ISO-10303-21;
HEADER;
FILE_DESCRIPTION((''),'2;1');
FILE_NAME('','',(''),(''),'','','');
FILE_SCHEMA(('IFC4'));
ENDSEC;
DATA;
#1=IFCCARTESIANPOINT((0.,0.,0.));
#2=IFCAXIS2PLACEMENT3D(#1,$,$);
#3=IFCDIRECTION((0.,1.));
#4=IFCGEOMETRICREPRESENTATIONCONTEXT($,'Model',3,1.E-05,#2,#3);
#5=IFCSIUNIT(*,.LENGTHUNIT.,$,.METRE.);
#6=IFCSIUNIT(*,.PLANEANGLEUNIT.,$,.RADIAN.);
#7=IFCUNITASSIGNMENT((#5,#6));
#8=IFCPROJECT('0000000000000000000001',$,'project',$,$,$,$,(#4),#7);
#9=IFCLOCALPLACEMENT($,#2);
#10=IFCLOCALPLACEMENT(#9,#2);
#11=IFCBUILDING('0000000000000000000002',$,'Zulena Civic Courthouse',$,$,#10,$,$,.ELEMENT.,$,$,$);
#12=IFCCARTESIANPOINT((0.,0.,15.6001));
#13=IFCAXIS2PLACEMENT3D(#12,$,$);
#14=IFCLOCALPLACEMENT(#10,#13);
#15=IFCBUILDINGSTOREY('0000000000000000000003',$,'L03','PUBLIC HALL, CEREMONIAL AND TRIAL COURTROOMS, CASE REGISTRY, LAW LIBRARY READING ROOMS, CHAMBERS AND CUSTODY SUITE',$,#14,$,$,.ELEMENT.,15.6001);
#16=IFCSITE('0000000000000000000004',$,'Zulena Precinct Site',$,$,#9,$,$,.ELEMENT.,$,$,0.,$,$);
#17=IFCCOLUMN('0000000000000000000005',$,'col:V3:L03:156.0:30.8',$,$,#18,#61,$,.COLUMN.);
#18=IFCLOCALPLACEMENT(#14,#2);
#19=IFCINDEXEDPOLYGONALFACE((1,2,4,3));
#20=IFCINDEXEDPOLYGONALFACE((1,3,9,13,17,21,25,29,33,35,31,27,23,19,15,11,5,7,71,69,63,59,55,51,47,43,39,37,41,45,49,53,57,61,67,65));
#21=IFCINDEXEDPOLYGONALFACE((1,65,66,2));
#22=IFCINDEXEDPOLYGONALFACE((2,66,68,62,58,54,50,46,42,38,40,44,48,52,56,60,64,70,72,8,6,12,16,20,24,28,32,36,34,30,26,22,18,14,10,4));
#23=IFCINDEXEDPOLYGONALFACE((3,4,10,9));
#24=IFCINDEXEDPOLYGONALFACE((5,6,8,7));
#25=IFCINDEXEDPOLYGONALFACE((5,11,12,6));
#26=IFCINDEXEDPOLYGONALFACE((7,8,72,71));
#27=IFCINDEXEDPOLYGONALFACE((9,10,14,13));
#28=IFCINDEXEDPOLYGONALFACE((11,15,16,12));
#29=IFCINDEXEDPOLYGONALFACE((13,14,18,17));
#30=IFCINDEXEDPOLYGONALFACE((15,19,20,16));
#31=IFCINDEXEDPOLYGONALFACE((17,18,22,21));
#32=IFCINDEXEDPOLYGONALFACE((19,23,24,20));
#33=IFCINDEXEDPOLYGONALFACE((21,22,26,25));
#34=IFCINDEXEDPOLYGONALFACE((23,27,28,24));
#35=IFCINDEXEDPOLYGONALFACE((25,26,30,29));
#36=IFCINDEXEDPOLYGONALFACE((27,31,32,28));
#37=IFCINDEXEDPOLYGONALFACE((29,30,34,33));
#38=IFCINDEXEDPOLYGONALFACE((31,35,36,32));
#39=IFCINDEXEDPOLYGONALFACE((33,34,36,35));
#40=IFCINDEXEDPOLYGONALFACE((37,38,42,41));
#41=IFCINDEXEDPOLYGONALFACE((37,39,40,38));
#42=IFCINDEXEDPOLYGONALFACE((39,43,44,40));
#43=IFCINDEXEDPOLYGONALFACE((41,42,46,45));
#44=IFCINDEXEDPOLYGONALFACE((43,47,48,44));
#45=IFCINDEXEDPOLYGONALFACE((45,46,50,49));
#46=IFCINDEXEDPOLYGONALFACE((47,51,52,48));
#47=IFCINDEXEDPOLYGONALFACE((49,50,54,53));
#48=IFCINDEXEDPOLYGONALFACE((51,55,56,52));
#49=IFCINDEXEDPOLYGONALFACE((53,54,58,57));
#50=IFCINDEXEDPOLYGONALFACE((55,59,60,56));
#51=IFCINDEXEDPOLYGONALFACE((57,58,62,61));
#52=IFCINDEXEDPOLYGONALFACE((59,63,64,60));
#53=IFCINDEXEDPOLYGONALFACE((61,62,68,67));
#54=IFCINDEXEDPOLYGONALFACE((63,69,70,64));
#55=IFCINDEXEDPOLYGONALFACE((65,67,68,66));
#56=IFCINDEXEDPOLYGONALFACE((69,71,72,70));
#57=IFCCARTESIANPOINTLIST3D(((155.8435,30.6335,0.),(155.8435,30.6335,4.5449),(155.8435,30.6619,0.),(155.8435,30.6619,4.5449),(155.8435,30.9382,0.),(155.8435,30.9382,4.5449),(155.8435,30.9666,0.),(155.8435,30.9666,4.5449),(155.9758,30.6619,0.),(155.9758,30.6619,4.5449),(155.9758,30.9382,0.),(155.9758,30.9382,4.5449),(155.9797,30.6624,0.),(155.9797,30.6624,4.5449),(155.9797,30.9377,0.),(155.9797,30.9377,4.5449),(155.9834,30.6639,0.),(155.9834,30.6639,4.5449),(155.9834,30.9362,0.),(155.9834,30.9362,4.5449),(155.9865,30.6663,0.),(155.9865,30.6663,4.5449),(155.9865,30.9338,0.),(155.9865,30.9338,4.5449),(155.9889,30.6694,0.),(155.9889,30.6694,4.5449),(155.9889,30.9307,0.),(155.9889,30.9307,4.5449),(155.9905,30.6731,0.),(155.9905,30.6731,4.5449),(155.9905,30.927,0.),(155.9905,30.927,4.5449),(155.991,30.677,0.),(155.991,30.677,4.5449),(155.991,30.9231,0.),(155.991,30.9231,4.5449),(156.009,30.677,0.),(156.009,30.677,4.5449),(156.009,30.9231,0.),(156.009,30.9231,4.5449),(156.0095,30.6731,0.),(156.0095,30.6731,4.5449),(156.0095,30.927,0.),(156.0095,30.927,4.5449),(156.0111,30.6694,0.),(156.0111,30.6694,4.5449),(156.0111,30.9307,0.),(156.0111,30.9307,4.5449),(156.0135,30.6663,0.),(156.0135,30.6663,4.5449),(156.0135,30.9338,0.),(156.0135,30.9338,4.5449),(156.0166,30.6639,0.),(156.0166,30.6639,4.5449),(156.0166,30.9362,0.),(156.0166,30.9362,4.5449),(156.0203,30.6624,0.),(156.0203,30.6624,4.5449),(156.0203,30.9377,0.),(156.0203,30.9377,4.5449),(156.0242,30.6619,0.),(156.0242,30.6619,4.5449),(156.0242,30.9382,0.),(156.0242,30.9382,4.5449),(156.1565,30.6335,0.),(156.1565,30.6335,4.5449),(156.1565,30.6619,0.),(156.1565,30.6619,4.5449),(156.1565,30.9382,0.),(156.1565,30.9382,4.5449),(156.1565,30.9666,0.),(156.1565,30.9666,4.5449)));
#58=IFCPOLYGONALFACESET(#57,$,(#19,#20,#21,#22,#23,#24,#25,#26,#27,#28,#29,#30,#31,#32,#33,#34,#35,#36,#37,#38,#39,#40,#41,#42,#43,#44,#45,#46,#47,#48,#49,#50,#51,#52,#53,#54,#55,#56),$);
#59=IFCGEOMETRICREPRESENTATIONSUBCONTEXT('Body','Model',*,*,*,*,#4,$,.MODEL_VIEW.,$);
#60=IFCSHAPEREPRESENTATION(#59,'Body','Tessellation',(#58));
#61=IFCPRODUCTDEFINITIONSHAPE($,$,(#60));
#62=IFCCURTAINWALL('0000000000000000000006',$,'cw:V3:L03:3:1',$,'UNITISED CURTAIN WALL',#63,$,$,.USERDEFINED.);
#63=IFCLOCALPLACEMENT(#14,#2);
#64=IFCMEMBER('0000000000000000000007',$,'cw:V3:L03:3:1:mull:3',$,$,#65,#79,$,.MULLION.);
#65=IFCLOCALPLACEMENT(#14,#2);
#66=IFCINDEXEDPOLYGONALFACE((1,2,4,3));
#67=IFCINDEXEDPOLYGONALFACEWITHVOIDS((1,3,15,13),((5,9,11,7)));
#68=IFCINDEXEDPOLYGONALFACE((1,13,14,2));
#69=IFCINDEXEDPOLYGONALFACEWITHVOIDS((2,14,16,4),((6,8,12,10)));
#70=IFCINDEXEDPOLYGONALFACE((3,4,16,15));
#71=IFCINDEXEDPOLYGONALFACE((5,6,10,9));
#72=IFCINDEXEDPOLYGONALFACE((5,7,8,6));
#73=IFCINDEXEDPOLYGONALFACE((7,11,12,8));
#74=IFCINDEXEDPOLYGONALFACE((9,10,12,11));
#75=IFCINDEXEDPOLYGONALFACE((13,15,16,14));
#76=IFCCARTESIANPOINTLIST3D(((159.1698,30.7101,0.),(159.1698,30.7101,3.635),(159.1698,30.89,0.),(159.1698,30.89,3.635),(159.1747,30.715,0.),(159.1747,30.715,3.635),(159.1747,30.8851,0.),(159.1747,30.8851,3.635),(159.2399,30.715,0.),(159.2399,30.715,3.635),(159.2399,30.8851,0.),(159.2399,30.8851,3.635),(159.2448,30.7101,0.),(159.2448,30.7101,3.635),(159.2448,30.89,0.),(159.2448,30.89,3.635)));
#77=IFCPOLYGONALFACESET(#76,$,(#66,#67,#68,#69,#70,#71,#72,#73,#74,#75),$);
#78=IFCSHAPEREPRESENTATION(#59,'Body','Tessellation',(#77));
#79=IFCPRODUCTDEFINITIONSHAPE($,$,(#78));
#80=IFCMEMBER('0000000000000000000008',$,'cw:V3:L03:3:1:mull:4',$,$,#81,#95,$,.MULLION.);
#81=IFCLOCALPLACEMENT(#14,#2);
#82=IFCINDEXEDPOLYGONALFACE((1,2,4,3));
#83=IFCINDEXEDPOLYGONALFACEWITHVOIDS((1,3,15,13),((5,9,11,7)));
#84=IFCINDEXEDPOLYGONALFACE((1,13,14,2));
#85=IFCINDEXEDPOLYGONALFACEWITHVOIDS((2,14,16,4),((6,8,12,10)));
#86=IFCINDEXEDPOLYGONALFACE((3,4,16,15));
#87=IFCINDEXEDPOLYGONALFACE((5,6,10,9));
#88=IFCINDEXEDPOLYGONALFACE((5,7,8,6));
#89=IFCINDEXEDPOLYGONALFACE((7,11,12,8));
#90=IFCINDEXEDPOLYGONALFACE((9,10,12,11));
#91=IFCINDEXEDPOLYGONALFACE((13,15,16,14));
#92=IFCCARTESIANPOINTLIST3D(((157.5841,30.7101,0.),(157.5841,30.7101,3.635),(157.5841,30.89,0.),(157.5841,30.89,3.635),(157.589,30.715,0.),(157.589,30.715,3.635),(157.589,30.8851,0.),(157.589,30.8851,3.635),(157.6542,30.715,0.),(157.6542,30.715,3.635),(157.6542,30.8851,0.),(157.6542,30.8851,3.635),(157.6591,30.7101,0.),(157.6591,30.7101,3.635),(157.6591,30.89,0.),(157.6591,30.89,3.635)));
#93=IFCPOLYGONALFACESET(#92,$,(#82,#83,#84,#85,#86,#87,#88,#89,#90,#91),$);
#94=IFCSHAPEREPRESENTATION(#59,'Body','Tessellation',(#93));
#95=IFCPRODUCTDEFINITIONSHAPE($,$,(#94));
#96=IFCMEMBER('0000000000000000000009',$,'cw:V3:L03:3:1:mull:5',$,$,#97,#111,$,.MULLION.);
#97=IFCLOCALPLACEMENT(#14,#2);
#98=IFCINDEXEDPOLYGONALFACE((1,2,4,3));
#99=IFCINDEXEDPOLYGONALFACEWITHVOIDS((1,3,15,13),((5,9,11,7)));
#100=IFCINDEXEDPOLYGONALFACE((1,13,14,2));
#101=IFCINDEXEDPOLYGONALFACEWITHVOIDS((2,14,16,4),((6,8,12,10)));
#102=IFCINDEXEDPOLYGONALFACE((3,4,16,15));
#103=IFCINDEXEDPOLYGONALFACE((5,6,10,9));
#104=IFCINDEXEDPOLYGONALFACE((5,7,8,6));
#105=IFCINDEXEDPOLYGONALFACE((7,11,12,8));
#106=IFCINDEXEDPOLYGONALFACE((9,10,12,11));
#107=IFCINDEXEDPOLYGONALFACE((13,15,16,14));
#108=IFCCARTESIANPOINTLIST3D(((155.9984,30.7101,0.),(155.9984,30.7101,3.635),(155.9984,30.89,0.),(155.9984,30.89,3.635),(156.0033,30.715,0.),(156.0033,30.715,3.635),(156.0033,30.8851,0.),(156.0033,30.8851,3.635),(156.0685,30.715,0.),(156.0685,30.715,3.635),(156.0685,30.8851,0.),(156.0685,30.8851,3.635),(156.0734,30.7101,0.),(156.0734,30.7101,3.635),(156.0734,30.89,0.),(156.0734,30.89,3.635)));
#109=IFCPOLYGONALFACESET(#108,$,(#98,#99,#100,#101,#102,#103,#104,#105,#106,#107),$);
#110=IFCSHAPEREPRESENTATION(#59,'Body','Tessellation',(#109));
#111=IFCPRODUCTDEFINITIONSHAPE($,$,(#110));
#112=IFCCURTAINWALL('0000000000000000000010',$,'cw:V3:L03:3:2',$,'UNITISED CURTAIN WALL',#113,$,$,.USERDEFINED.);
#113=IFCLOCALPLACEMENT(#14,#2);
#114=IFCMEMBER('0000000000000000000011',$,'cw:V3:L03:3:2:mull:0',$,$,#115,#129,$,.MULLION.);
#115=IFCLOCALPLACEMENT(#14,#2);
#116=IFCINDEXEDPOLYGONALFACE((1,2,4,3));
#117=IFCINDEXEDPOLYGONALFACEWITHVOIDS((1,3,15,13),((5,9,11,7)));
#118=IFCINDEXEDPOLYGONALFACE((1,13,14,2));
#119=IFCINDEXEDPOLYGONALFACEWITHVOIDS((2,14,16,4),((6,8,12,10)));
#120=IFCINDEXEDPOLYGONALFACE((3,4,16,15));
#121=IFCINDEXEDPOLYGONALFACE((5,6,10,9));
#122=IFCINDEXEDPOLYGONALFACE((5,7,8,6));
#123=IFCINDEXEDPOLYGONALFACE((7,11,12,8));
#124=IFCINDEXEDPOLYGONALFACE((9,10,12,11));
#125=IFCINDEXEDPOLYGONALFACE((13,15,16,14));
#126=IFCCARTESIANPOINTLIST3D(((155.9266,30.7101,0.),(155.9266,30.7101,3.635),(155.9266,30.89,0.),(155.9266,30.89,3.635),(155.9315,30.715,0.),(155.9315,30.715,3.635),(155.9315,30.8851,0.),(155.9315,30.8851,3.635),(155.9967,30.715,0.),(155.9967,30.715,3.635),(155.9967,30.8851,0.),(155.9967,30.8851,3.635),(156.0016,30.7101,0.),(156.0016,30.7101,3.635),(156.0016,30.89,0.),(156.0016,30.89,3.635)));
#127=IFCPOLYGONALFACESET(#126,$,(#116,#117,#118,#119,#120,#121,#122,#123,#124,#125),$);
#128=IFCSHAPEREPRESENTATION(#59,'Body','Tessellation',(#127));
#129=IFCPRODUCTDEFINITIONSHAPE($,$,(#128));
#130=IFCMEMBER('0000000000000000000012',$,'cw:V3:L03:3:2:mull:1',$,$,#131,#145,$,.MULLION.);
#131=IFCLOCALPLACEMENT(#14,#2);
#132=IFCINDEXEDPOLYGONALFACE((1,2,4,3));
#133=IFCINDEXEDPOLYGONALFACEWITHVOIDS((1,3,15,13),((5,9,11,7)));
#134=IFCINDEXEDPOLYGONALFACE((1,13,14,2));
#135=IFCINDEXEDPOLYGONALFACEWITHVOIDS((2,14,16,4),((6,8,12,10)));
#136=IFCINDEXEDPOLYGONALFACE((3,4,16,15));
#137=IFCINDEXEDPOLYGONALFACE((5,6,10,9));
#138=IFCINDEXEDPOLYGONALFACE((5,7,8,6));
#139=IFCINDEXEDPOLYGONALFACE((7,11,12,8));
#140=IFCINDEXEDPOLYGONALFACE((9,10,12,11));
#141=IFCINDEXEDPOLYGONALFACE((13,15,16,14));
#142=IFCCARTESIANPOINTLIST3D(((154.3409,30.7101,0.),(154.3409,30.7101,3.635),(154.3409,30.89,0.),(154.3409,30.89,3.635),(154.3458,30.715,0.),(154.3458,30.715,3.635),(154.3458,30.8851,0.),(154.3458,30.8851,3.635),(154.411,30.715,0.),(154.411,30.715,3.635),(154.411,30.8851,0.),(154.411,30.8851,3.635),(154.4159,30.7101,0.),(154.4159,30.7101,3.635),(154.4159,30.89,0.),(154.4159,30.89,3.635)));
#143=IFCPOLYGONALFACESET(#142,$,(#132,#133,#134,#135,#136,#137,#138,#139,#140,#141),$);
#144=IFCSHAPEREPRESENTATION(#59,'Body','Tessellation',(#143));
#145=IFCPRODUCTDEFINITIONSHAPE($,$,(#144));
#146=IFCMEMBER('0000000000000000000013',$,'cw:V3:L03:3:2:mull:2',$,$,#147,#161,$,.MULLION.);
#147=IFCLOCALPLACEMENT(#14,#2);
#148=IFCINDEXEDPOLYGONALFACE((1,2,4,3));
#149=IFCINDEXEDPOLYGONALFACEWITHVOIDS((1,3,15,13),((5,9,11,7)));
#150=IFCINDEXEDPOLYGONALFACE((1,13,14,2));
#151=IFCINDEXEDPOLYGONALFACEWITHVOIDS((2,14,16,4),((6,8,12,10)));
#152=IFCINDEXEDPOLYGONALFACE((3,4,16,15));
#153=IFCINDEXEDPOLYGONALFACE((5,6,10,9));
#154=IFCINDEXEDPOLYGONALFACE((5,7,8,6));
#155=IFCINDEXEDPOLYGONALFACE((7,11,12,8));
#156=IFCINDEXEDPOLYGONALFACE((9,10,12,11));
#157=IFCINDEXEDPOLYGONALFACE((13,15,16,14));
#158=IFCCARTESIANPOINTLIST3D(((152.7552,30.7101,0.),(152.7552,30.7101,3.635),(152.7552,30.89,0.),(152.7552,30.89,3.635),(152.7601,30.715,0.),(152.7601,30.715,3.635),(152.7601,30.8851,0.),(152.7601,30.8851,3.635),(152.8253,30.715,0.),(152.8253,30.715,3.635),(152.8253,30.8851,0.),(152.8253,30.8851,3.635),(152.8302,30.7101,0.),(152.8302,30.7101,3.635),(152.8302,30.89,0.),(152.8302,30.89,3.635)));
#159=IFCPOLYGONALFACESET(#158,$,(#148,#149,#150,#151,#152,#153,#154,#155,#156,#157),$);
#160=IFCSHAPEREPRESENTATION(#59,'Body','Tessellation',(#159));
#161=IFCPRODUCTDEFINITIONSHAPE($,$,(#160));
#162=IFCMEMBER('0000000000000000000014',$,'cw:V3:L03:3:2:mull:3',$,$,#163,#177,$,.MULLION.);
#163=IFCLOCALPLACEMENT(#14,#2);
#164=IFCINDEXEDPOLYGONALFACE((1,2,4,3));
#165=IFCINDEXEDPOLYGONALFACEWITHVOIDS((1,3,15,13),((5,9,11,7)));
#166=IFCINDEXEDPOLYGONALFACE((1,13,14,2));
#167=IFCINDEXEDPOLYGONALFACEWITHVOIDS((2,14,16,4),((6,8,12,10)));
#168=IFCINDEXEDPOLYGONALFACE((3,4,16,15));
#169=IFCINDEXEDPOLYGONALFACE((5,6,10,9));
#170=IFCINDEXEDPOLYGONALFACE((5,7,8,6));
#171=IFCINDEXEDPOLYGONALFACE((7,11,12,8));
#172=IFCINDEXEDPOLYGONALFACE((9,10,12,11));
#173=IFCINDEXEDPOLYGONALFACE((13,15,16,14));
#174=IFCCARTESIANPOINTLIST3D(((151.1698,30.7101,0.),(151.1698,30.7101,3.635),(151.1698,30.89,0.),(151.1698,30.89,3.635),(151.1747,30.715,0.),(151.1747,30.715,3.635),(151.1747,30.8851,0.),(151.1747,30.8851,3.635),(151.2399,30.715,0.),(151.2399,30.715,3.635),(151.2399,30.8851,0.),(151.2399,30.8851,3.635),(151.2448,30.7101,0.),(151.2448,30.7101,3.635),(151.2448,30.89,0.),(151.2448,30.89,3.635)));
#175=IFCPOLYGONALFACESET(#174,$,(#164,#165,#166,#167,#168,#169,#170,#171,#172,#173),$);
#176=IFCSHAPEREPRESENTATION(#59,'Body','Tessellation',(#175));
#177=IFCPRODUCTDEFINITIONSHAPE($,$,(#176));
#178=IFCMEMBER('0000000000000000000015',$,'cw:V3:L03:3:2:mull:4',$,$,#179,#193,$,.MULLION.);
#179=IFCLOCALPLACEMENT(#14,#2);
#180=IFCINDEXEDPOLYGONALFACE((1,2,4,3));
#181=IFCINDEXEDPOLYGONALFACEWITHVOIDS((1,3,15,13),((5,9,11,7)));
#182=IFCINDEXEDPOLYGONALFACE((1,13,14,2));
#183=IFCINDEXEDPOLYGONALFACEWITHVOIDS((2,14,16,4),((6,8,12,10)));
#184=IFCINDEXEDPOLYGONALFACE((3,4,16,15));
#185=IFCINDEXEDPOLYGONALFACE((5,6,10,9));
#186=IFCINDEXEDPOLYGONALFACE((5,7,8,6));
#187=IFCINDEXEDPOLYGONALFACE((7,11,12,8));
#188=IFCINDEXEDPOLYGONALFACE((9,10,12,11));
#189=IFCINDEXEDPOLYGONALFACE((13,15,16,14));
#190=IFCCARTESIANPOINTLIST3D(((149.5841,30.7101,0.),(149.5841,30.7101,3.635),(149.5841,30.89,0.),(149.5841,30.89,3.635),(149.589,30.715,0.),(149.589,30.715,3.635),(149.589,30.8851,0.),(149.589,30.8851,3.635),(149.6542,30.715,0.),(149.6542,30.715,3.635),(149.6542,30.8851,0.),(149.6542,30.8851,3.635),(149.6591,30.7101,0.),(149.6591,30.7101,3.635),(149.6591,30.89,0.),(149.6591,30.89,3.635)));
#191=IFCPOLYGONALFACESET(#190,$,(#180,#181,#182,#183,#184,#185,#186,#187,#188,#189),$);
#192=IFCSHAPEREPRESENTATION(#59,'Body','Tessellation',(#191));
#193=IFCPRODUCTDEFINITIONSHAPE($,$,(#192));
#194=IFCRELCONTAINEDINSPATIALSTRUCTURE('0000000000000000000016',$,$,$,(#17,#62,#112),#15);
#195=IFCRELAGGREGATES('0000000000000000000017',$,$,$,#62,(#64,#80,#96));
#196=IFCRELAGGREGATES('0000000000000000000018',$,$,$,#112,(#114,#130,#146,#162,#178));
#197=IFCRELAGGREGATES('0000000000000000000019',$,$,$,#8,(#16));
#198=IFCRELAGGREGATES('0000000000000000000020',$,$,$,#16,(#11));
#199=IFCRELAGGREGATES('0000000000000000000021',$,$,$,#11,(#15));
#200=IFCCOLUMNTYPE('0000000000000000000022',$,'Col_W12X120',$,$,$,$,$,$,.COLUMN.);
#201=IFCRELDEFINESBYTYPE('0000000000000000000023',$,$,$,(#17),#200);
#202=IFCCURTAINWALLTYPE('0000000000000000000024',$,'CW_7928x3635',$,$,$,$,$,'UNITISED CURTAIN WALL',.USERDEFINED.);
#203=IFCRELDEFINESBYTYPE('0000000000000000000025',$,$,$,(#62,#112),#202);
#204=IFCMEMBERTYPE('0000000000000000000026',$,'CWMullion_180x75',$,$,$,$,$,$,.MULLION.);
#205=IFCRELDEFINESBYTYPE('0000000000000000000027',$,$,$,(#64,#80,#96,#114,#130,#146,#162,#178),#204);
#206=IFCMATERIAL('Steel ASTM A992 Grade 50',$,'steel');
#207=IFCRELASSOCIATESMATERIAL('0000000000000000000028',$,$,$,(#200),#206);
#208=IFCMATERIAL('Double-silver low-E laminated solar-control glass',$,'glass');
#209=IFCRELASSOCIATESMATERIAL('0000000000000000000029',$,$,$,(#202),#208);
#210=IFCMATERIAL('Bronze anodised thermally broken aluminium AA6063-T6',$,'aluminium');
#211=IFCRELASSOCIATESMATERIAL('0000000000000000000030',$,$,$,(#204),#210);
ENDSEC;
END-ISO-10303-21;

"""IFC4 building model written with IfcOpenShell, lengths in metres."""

from ifc_helpers import new_model, si_unit, direction, frame, origin, origin_2d, place, context, subcontext, project, spatial, hollow_rectangle, i_section, extrude, material, material_profile, profile_set, type_object, element, aggregate, save


model = new_model("IFC4")

# Units and contexts
model_context = context("Model", 3, precision=1e-05, world=origin(), true_north=direction((0.0, 1.0)))
body_context = subcontext(model_context, "Body", "Model", "MODEL_VIEW")
ifc_project = project(units=[si_unit("LENGTHUNIT", "METRE"), si_unit("PLANEANGLEUNIT", "RADIAN")], contexts=[model_context])

# Site, building, storey
site_placement = place(None, origin())
site = spatial("IfcSite", under=ifc_project, at=site_placement, Name="Zulena Precinct Site", CompositionType="ELEMENT", RefElevation=0.0)
building_placement = place(site_placement, origin())
building = spatial("IfcBuilding", under=site, at=building_placement, Name="Zulena Civic Courthouse", CompositionType="ELEMENT")
storey_placement = place(building_placement, frame((0.0, 0.0, 15.6001)))
storey = spatial("IfcBuildingStorey", under=building, at=storey_placement, Name="L03", Description="PUBLIC HALL, CEREMONIAL AND TRIAL COURTROOMS, CASE REGISTRY, LAW LIBRARY READING ROOMS, CHAMBERS AND CUSTODY SUITE", CompositionType="ELEMENT", Elevation=15.6001)

# Column
ifc_material_1 = material(Name="Steel ASTM A992 Grade 50", Category="steel")
ifc_material_profile_1 = material_profile(ifc_material_1, i_section(OverallWidth=0.313, OverallDepth=0.333, WebThickness=0.0181, FlangeThickness=0.0283, FilletRadius=0.0151, at=origin_2d()), Name="W12X120")
ifc_profile_set_1 = profile_set([ifc_material_profile_1], Name="Steel ASTM A992 Grade 50")
column_type = type_object("IfcColumnType", Name="Col_W12X120", PredefinedType="COLUMN", material=ifc_profile_set_1)
column_placement = place(storey_placement, frame((156.0, 30.8, 0.0), z_axis=(0.0, 0.0, 1.0), x_axis=(1.0, 0.0, 0.0)))
element("IfcColumn", 1, at=column_placement, inside=storey, type_object=column_type, Name="col:V3:L03:156.0:30.8", PredefinedType="COLUMN", context=body_context, shape_type="SweptSolid", body=[
    extrude(i_section(OverallWidth=0.313, OverallDepth=0.333, WebThickness=0.0181, FlangeThickness=0.0283, FilletRadius=0.0151, at=origin_2d()), origin(), (0.0, 0.0, 1.0), 4.5449),
])

# Curtain walls, members
ifc_material_2 = material(Name="Double-silver low-E laminated solar-control glass", Category="glass")
curtain_wall_type = type_object("IfcCurtainWallType", Name="CW_7928x3635", ElementType="UNITISED CURTAIN WALL", PredefinedType="USERDEFINED", material=ifc_material_2)
curtain_wall_1_placement = place(storey_placement, origin())
curtain_wall_1 = element("IfcCurtainWall", 2, at=curtain_wall_1_placement, inside=storey, type_object=curtain_wall_type, Name="cw:V3:L03:3:1", ObjectType="UNITISED CURTAIN WALL", PredefinedType="USERDEFINED")
ifc_material_3 = material(Name="Bronze anodised thermally broken aluminium AA6063-T6", Category="aluminium")
ifc_material_profile_2 = material_profile(ifc_material_3, hollow_rectangle(XDim=0.075, YDim=0.1799, WallThickness=0.0049, at=origin_2d()), Name="CWM180X75X5")
ifc_profile_set_2 = profile_set([ifc_material_profile_2], Name="Bronze anodised thermally broken aluminium AA6063-T6")
member_type_1 = type_object("IfcMemberType", Name="CWMullion_180x75", PredefinedType="MULLION", material=ifc_profile_set_2)
member_1_placement = place(storey_placement, frame((159.2073, 30.8, 0.0), z_axis=(0.0, 0.0, 1.0), x_axis=(1.0, 0.0, 0.0)))
member_1 = element("IfcMember", 3, at=member_1_placement, type_object=member_type_1, Name="cw:V3:L03:3:1:mull:3", PredefinedType="MULLION", context=body_context, shape_type="SweptSolid", body=[
    extrude(hollow_rectangle(XDim=0.075, YDim=0.1799, WallThickness=0.0049, at=origin_2d()), origin(), (0.0, 0.0, 1.0), 3.635),
])
member_2_placement = place(storey_placement, frame((157.6216, 30.8, 0.0), z_axis=(0.0, 0.0, 1.0), x_axis=(1.0, 0.0, 0.0)))
member_2 = element("IfcMember", 4, at=member_2_placement, type_object=member_type_1, Name="cw:V3:L03:3:1:mull:4", PredefinedType="MULLION", context=body_context, shape_type="SweptSolid", body=[
    extrude(hollow_rectangle(XDim=0.075, YDim=0.1799, WallThickness=0.0049, at=origin_2d()), origin(), (0.0, 0.0, 1.0), 3.635),
])
member_3_placement = place(storey_placement, frame((156.0359, 30.8, 0.0), z_axis=(0.0, 0.0, 1.0), x_axis=(1.0, 0.0, 0.0)))
member_3 = element("IfcMember", 5, at=member_3_placement, type_object=member_type_1, Name="cw:V3:L03:3:1:mull:5", PredefinedType="MULLION", context=body_context, shape_type="SweptSolid", body=[
    extrude(hollow_rectangle(XDim=0.075, YDim=0.1799, WallThickness=0.0049, at=origin_2d()), origin(), (0.0, 0.0, 1.0), 3.635),
])
curtain_wall_2_placement = place(storey_placement, origin())
curtain_wall_2 = element("IfcCurtainWall", 6, at=curtain_wall_2_placement, inside=storey, type_object=curtain_wall_type, Name="cw:V3:L03:3:2", ObjectType="UNITISED CURTAIN WALL", PredefinedType="USERDEFINED")
member_4_placement = place(storey_placement, frame((155.9641, 30.8, 0.0), z_axis=(0.0, 0.0, 1.0), x_axis=(1.0, 0.0, 0.0)))
member_4 = element("IfcMember", 7, at=member_4_placement, type_object=member_type_1, Name="cw:V3:L03:3:2:mull:0", PredefinedType="MULLION", context=body_context, shape_type="SweptSolid", body=[
    extrude(hollow_rectangle(XDim=0.075, YDim=0.1799, WallThickness=0.0049, at=origin_2d()), origin(), (0.0, 0.0, 1.0), 3.635),
])
member_5_placement = place(storey_placement, frame((154.3784, 30.8, 0.0), z_axis=(0.0, 0.0, 1.0), x_axis=(1.0, 0.0, 0.0)))
member_5 = element("IfcMember", 8, at=member_5_placement, type_object=member_type_1, Name="cw:V3:L03:3:2:mull:1", PredefinedType="MULLION", context=body_context, shape_type="SweptSolid", body=[
    extrude(hollow_rectangle(XDim=0.075, YDim=0.1799, WallThickness=0.0049, at=origin_2d()), origin(), (0.0, 0.0, 1.0), 3.635),
])
member_6_placement = place(storey_placement, frame((152.7927, 30.8, 0.0), z_axis=(0.0, 0.0, 1.0), x_axis=(1.0, 0.0, 0.0)))
member_6 = element("IfcMember", 9, at=member_6_placement, type_object=member_type_1, Name="cw:V3:L03:3:2:mull:2", PredefinedType="MULLION", context=body_context, shape_type="SweptSolid", body=[
    extrude(hollow_rectangle(XDim=0.075, YDim=0.1799, WallThickness=0.0049, at=origin_2d()), origin(), (0.0, 0.0, 1.0), 3.635),
])
member_7_placement = place(storey_placement, frame((151.2073, 30.8, 0.0), z_axis=(0.0, 0.0, 1.0), x_axis=(1.0, 0.0, 0.0)))
member_7 = element("IfcMember", 10, at=member_7_placement, type_object=member_type_1, Name="cw:V3:L03:3:2:mull:3", PredefinedType="MULLION", context=body_context, shape_type="SweptSolid", body=[
    extrude(hollow_rectangle(XDim=0.075, YDim=0.1799, WallThickness=0.0049, at=origin_2d()), origin(), (0.0, 0.0, 1.0), 3.635),
])
member_8_placement = place(storey_placement, frame((149.6216, 30.8, 0.0), z_axis=(0.0, 0.0, 1.0), x_axis=(1.0, 0.0, 0.0)))
member_8 = element("IfcMember", 11, at=member_8_placement, type_object=member_type_1, Name="cw:V3:L03:3:2:mull:4", PredefinedType="MULLION", context=body_context, shape_type="SweptSolid", body=[
    extrude(hollow_rectangle(XDim=0.075, YDim=0.1799, WallThickness=0.0049, at=origin_2d()), origin(), (0.0, 0.0, 1.0), 3.635),
])

aggregate(curtain_wall_1, [member_1, member_2, member_3])
aggregate(curtain_wall_2, [member_4, member_5, member_6, member_7, member_8])

save(model, "model.ifc")
